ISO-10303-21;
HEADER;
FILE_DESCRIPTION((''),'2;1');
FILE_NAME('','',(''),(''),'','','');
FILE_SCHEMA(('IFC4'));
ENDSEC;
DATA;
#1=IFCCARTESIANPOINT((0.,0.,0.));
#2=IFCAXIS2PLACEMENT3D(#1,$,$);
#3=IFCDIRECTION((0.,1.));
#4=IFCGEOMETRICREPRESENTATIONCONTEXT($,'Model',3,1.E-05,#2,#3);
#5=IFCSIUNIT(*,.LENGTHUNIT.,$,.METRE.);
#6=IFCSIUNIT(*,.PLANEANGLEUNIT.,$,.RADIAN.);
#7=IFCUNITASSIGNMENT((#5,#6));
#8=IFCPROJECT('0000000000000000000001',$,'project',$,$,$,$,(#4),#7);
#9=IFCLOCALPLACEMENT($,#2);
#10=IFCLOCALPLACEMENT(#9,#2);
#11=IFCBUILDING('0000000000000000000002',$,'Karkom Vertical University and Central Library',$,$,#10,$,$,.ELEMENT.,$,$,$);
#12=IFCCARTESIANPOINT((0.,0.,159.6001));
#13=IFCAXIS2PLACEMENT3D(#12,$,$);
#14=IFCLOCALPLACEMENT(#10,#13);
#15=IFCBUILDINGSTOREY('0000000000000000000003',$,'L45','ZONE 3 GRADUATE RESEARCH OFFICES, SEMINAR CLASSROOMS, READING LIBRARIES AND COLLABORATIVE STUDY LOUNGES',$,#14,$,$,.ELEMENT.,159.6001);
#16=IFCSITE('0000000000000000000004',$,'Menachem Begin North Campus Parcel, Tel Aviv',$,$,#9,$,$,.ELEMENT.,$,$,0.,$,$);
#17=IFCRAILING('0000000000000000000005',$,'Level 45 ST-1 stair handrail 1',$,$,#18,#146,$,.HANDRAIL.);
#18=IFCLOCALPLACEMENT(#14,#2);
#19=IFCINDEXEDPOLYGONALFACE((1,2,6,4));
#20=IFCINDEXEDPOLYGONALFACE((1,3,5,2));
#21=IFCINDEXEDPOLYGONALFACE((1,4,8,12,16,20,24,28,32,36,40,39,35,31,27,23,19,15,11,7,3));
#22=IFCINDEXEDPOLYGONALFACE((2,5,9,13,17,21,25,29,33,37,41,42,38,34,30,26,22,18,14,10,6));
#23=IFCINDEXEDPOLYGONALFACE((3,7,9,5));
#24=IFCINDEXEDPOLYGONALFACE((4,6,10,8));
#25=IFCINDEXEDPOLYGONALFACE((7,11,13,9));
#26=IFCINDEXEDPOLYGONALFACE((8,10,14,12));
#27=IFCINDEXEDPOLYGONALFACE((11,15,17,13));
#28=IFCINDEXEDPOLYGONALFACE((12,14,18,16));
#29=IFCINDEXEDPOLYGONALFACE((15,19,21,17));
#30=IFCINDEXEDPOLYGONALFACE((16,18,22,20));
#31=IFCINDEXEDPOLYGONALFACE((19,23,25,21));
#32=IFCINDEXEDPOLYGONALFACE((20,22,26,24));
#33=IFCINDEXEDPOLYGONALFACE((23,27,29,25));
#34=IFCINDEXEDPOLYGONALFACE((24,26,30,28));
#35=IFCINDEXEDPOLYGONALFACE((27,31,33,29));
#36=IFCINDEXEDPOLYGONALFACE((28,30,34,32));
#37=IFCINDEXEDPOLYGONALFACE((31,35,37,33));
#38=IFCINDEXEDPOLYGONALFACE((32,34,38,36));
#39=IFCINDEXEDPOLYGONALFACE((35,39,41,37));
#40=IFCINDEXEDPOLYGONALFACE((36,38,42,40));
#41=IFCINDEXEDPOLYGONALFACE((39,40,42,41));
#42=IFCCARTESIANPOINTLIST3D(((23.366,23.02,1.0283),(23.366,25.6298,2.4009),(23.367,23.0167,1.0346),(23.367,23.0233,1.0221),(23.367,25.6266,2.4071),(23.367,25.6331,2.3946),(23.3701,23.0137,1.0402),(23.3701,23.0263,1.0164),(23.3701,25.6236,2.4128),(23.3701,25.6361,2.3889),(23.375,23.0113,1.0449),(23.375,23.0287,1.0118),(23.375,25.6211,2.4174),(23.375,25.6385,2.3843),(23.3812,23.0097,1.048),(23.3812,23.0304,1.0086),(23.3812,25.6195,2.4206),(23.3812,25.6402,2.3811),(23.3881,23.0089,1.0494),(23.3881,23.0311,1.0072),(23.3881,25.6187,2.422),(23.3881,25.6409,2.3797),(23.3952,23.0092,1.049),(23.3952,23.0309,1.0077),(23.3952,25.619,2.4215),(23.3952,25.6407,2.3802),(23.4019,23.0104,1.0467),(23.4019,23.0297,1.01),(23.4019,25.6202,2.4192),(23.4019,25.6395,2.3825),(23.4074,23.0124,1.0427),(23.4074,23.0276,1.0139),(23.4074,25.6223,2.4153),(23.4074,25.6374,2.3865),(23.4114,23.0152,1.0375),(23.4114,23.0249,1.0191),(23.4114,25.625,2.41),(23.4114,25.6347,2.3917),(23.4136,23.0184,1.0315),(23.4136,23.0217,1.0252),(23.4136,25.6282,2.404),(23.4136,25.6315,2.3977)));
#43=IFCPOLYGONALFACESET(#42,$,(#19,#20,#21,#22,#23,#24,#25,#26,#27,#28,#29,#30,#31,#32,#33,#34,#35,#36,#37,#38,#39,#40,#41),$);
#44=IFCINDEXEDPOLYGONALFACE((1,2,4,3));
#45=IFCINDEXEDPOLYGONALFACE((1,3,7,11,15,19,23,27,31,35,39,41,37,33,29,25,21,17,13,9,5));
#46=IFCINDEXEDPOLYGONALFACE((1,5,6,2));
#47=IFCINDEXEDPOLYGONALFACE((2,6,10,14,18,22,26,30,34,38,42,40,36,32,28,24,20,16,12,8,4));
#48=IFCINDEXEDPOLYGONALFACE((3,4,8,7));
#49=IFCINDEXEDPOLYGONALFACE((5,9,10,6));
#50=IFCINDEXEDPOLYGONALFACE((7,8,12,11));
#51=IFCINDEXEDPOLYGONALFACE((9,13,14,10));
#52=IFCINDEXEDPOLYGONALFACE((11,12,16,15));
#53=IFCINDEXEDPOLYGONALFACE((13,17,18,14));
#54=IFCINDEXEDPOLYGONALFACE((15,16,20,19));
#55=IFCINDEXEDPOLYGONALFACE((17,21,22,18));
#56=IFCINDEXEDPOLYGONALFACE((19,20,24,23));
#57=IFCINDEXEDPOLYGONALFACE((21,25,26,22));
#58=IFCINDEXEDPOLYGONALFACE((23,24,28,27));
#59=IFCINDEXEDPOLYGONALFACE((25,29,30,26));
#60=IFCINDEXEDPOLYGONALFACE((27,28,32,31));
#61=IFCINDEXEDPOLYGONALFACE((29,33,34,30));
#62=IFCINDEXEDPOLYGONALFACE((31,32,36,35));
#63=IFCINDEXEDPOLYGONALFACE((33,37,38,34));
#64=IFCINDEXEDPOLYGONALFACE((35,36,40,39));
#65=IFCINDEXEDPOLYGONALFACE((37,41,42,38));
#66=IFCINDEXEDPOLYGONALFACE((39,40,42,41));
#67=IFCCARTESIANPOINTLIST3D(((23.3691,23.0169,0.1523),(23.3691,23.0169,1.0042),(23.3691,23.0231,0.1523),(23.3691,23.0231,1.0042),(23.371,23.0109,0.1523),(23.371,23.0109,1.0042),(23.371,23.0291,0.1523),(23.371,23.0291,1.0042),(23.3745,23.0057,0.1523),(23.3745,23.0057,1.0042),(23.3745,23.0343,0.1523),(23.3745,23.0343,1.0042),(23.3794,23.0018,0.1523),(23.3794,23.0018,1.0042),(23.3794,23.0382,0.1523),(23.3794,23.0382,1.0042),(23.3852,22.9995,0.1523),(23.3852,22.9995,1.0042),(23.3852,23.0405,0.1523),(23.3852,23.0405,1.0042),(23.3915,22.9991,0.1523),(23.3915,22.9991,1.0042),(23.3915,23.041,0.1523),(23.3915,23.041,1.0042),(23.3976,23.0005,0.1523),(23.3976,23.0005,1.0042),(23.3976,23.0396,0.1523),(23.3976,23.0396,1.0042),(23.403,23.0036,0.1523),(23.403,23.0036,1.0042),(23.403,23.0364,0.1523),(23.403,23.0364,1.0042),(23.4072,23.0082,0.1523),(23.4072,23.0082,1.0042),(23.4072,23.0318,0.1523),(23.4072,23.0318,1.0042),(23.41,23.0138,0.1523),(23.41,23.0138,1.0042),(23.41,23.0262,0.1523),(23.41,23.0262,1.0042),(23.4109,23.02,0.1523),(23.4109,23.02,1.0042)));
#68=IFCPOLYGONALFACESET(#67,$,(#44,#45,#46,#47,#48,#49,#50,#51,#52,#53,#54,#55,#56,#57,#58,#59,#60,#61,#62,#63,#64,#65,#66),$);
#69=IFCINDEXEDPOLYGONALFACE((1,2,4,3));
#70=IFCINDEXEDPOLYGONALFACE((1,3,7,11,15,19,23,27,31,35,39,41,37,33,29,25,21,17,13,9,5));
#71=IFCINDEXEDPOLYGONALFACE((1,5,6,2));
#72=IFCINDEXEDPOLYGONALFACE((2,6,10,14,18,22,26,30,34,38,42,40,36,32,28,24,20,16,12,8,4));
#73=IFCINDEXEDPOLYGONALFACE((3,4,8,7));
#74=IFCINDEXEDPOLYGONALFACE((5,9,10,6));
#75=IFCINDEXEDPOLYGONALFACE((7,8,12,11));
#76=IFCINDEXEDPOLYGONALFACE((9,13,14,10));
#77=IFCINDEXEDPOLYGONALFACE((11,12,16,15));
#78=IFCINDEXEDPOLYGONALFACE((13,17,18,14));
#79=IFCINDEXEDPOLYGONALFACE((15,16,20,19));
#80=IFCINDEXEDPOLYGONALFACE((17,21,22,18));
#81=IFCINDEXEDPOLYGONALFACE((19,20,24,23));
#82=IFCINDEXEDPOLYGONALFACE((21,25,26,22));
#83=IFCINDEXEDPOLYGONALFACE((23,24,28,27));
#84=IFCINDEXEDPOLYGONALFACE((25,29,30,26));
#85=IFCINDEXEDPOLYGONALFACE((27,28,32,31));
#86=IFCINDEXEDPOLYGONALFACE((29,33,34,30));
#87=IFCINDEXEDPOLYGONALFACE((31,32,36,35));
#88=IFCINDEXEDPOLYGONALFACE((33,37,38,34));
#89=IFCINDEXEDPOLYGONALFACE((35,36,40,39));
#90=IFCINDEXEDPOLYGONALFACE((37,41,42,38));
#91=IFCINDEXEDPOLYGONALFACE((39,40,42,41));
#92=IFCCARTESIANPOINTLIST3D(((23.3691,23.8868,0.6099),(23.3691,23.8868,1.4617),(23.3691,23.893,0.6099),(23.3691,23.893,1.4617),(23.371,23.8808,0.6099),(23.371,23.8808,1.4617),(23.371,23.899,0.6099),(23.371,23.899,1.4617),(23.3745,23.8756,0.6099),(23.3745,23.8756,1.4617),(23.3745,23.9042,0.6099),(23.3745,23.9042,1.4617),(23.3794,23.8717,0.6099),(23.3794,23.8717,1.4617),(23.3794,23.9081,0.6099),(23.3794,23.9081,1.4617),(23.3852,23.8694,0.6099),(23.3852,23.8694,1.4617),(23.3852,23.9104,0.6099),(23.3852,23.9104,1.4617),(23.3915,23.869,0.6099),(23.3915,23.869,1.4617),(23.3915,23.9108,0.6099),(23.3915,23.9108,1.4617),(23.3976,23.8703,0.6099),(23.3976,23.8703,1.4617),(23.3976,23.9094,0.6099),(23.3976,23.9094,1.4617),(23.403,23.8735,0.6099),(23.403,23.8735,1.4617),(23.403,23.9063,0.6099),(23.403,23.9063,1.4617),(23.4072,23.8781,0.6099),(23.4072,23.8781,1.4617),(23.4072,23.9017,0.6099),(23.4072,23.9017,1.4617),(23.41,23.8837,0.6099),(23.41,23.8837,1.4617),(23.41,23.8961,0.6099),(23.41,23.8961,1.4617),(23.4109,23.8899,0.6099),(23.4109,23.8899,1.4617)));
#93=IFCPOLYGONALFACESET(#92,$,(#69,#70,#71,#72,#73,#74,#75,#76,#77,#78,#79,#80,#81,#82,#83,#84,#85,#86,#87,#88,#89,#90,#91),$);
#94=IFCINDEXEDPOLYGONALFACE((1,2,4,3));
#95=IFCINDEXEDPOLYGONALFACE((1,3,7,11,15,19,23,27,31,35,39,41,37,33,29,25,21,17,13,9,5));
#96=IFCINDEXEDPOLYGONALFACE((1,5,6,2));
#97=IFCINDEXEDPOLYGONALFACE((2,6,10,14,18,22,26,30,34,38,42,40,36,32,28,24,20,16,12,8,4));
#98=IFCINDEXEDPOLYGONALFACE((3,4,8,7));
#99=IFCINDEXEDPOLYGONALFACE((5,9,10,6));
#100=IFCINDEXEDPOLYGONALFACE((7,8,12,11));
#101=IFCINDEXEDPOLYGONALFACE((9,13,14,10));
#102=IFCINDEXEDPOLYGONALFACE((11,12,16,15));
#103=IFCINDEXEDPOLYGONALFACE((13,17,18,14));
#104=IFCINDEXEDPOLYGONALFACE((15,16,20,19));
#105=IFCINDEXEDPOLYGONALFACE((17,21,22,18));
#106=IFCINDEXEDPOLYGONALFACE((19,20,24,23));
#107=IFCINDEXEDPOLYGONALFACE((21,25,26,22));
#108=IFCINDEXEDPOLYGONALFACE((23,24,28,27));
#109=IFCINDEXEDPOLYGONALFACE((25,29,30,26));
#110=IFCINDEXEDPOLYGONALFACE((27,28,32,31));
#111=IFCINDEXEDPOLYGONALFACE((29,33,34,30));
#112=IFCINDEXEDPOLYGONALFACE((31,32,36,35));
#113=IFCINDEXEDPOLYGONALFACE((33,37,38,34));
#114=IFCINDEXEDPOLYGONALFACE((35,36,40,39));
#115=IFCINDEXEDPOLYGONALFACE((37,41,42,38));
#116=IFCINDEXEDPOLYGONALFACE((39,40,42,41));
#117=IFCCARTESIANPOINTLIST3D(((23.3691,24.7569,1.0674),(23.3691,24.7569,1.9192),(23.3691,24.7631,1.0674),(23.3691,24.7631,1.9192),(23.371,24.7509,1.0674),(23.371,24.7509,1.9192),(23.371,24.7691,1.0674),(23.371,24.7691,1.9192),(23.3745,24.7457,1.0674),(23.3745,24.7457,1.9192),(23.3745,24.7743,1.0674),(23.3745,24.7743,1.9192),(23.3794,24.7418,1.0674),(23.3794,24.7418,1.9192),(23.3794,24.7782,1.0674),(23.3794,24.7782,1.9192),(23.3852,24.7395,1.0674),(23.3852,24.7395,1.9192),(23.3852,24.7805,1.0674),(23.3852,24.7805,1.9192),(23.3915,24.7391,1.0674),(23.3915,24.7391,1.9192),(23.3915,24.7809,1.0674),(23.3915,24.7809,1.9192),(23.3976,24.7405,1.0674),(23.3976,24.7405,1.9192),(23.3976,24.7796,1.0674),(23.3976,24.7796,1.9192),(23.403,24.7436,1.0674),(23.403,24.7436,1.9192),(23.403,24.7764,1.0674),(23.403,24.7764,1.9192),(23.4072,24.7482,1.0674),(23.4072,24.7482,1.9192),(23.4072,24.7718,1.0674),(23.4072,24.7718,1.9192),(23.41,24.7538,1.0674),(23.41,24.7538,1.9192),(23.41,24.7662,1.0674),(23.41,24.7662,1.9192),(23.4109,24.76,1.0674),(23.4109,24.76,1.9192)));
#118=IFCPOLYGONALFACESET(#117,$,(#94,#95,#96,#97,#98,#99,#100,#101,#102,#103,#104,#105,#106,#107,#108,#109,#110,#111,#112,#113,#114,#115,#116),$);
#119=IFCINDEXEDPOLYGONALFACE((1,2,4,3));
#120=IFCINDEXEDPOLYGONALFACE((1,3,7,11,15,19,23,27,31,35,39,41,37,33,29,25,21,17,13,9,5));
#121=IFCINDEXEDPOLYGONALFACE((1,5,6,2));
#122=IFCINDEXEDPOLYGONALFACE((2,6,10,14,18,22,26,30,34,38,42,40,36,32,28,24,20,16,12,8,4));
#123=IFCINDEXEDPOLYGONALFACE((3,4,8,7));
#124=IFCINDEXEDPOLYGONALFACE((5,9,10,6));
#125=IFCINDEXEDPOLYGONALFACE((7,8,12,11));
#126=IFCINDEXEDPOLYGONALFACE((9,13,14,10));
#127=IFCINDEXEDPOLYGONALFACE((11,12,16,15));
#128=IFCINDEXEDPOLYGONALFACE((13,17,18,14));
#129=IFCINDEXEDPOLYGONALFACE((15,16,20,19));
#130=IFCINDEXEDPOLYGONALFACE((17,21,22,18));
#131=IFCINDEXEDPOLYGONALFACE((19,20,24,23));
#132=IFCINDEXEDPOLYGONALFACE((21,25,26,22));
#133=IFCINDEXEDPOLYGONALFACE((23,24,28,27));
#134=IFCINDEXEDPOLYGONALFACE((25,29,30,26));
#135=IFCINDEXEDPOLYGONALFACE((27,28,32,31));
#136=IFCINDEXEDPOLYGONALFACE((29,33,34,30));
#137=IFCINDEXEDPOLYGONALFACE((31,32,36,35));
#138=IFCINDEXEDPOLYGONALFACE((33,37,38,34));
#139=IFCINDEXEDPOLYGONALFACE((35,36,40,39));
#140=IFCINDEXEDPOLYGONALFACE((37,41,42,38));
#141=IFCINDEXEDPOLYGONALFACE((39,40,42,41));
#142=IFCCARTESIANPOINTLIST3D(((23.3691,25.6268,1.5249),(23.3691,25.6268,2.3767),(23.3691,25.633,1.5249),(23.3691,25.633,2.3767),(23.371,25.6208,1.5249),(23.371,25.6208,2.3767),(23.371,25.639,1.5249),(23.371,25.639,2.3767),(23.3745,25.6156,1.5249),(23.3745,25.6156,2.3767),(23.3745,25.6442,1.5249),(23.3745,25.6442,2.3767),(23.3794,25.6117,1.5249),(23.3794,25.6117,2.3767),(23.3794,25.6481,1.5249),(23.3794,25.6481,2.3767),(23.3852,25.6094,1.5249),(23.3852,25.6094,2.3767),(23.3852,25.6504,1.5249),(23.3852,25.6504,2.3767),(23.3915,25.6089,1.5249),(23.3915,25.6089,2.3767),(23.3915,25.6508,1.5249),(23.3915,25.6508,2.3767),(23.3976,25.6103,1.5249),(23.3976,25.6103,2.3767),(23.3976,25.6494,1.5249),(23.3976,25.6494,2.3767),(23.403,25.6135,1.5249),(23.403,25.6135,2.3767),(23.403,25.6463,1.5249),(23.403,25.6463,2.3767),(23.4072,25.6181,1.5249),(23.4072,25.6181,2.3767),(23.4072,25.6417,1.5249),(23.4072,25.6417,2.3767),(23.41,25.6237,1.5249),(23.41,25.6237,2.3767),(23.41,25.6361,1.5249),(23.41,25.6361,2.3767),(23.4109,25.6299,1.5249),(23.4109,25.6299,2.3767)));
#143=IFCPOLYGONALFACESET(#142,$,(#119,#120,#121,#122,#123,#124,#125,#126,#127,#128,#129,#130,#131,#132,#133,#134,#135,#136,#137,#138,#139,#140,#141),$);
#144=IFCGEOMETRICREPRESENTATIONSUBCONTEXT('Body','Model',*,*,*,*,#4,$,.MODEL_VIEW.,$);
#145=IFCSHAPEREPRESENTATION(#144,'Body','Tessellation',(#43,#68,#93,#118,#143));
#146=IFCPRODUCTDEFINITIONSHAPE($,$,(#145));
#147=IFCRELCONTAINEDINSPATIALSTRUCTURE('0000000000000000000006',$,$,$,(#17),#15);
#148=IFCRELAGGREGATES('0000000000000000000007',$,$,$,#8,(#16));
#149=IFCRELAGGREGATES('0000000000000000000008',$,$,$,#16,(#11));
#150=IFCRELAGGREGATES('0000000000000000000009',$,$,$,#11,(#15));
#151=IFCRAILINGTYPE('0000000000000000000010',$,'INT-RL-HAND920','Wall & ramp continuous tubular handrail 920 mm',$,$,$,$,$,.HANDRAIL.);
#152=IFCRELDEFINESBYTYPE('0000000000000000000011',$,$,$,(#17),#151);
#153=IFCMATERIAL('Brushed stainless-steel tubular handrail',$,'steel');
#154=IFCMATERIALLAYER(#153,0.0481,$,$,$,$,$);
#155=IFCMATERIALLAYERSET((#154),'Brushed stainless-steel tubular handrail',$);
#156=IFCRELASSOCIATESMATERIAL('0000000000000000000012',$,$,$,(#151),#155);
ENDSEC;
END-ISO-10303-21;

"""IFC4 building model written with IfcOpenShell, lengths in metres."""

from ifc_helpers import new_model, si_unit, direction, frame, origin, origin_2d, place, context, subcontext, project, spatial, circle, extrude, material, layer, layer_set, type_object, element, save


model = new_model("IFC4")

# Units and contexts
model_context = context("Model", 3, precision=1e-05, world=origin(), true_north=direction((0.0, 1.0)))
body_context = subcontext(model_context, "Body", "Model", "MODEL_VIEW")
ifc_project = project(units=[si_unit("LENGTHUNIT", "METRE"), si_unit("PLANEANGLEUNIT", "RADIAN")], contexts=[model_context])

# Site, building, storey
site_placement = place(None, origin())
site = spatial("IfcSite", under=ifc_project, at=site_placement, Name="Menachem Begin North Campus Parcel, Tel Aviv", CompositionType="ELEMENT", RefElevation=0.0)
building_placement = place(site_placement, origin())
building = spatial("IfcBuilding", under=site, at=building_placement, Name="Karkom Vertical University and Central Library", CompositionType="ELEMENT")
storey_placement = place(building_placement, frame((0.0, 0.0, 159.6001)))
storey = spatial("IfcBuildingStorey", under=building, at=storey_placement, Name="L45", Description="ZONE 3 GRADUATE RESEARCH OFFICES, SEMINAR CLASSROOMS, READING LIBRARIES AND COLLABORATIVE STUDY LOUNGES", CompositionType="ELEMENT", Elevation=159.6001)

# Railing
ifc_material_1 = material(Name="Brushed stainless-steel tubular handrail", Category="steel")
ifc_layer_1 = layer(ifc_material_1, 0.0481)
ifc_layer_set_1 = layer_set([ifc_layer_1], Name="Brushed stainless-steel tubular handrail")
railing_type_1 = type_object("IfcRailingType", Name="INT-RL-HAND920", Description="Wall & ramp continuous tubular handrail 920 mm", PredefinedType="HANDRAIL", material=ifc_layer_set_1)
railing_1_placement = place(storey_placement, frame((23.3899, 23.02, 0.1523)))
element("IfcRailing", 1, at=railing_1_placement, inside=storey, type_object=railing_type_1, Name="Level 45 ST-1 stair handrail 1", PredefinedType="HANDRAIL", context=body_context, shape_type="SweptSolid", body=[
    extrude(circle(Radius=0.0239, at=origin_2d()), frame((0.0, 0.0, 0.876), z_axis=(0.0, 0.885065, 0.465467), x_axis=(-1.0, 0.0, 0.0)), (0.0, 0.0, 1.0), 2.9487),
    extrude(circle(Radius=0.021, at=origin_2d()), origin(), (0.0, 0.0, 1.0), 0.8518),
    extrude(circle(Radius=0.021, at=origin_2d()), frame((0.0, 0.8699, 0.4575)), (0.0, 0.0, 1.0), 0.8518),
    extrude(circle(Radius=0.021, at=origin_2d()), frame((0.0, 1.74, 0.915)), (0.0, 0.0, 1.0), 0.8518),
    extrude(circle(Radius=0.021, at=origin_2d()), frame((0.0, 2.6099, 1.3726)), (0.0, 0.0, 1.0), 0.8518),
])

save(model, "model.ifc")
